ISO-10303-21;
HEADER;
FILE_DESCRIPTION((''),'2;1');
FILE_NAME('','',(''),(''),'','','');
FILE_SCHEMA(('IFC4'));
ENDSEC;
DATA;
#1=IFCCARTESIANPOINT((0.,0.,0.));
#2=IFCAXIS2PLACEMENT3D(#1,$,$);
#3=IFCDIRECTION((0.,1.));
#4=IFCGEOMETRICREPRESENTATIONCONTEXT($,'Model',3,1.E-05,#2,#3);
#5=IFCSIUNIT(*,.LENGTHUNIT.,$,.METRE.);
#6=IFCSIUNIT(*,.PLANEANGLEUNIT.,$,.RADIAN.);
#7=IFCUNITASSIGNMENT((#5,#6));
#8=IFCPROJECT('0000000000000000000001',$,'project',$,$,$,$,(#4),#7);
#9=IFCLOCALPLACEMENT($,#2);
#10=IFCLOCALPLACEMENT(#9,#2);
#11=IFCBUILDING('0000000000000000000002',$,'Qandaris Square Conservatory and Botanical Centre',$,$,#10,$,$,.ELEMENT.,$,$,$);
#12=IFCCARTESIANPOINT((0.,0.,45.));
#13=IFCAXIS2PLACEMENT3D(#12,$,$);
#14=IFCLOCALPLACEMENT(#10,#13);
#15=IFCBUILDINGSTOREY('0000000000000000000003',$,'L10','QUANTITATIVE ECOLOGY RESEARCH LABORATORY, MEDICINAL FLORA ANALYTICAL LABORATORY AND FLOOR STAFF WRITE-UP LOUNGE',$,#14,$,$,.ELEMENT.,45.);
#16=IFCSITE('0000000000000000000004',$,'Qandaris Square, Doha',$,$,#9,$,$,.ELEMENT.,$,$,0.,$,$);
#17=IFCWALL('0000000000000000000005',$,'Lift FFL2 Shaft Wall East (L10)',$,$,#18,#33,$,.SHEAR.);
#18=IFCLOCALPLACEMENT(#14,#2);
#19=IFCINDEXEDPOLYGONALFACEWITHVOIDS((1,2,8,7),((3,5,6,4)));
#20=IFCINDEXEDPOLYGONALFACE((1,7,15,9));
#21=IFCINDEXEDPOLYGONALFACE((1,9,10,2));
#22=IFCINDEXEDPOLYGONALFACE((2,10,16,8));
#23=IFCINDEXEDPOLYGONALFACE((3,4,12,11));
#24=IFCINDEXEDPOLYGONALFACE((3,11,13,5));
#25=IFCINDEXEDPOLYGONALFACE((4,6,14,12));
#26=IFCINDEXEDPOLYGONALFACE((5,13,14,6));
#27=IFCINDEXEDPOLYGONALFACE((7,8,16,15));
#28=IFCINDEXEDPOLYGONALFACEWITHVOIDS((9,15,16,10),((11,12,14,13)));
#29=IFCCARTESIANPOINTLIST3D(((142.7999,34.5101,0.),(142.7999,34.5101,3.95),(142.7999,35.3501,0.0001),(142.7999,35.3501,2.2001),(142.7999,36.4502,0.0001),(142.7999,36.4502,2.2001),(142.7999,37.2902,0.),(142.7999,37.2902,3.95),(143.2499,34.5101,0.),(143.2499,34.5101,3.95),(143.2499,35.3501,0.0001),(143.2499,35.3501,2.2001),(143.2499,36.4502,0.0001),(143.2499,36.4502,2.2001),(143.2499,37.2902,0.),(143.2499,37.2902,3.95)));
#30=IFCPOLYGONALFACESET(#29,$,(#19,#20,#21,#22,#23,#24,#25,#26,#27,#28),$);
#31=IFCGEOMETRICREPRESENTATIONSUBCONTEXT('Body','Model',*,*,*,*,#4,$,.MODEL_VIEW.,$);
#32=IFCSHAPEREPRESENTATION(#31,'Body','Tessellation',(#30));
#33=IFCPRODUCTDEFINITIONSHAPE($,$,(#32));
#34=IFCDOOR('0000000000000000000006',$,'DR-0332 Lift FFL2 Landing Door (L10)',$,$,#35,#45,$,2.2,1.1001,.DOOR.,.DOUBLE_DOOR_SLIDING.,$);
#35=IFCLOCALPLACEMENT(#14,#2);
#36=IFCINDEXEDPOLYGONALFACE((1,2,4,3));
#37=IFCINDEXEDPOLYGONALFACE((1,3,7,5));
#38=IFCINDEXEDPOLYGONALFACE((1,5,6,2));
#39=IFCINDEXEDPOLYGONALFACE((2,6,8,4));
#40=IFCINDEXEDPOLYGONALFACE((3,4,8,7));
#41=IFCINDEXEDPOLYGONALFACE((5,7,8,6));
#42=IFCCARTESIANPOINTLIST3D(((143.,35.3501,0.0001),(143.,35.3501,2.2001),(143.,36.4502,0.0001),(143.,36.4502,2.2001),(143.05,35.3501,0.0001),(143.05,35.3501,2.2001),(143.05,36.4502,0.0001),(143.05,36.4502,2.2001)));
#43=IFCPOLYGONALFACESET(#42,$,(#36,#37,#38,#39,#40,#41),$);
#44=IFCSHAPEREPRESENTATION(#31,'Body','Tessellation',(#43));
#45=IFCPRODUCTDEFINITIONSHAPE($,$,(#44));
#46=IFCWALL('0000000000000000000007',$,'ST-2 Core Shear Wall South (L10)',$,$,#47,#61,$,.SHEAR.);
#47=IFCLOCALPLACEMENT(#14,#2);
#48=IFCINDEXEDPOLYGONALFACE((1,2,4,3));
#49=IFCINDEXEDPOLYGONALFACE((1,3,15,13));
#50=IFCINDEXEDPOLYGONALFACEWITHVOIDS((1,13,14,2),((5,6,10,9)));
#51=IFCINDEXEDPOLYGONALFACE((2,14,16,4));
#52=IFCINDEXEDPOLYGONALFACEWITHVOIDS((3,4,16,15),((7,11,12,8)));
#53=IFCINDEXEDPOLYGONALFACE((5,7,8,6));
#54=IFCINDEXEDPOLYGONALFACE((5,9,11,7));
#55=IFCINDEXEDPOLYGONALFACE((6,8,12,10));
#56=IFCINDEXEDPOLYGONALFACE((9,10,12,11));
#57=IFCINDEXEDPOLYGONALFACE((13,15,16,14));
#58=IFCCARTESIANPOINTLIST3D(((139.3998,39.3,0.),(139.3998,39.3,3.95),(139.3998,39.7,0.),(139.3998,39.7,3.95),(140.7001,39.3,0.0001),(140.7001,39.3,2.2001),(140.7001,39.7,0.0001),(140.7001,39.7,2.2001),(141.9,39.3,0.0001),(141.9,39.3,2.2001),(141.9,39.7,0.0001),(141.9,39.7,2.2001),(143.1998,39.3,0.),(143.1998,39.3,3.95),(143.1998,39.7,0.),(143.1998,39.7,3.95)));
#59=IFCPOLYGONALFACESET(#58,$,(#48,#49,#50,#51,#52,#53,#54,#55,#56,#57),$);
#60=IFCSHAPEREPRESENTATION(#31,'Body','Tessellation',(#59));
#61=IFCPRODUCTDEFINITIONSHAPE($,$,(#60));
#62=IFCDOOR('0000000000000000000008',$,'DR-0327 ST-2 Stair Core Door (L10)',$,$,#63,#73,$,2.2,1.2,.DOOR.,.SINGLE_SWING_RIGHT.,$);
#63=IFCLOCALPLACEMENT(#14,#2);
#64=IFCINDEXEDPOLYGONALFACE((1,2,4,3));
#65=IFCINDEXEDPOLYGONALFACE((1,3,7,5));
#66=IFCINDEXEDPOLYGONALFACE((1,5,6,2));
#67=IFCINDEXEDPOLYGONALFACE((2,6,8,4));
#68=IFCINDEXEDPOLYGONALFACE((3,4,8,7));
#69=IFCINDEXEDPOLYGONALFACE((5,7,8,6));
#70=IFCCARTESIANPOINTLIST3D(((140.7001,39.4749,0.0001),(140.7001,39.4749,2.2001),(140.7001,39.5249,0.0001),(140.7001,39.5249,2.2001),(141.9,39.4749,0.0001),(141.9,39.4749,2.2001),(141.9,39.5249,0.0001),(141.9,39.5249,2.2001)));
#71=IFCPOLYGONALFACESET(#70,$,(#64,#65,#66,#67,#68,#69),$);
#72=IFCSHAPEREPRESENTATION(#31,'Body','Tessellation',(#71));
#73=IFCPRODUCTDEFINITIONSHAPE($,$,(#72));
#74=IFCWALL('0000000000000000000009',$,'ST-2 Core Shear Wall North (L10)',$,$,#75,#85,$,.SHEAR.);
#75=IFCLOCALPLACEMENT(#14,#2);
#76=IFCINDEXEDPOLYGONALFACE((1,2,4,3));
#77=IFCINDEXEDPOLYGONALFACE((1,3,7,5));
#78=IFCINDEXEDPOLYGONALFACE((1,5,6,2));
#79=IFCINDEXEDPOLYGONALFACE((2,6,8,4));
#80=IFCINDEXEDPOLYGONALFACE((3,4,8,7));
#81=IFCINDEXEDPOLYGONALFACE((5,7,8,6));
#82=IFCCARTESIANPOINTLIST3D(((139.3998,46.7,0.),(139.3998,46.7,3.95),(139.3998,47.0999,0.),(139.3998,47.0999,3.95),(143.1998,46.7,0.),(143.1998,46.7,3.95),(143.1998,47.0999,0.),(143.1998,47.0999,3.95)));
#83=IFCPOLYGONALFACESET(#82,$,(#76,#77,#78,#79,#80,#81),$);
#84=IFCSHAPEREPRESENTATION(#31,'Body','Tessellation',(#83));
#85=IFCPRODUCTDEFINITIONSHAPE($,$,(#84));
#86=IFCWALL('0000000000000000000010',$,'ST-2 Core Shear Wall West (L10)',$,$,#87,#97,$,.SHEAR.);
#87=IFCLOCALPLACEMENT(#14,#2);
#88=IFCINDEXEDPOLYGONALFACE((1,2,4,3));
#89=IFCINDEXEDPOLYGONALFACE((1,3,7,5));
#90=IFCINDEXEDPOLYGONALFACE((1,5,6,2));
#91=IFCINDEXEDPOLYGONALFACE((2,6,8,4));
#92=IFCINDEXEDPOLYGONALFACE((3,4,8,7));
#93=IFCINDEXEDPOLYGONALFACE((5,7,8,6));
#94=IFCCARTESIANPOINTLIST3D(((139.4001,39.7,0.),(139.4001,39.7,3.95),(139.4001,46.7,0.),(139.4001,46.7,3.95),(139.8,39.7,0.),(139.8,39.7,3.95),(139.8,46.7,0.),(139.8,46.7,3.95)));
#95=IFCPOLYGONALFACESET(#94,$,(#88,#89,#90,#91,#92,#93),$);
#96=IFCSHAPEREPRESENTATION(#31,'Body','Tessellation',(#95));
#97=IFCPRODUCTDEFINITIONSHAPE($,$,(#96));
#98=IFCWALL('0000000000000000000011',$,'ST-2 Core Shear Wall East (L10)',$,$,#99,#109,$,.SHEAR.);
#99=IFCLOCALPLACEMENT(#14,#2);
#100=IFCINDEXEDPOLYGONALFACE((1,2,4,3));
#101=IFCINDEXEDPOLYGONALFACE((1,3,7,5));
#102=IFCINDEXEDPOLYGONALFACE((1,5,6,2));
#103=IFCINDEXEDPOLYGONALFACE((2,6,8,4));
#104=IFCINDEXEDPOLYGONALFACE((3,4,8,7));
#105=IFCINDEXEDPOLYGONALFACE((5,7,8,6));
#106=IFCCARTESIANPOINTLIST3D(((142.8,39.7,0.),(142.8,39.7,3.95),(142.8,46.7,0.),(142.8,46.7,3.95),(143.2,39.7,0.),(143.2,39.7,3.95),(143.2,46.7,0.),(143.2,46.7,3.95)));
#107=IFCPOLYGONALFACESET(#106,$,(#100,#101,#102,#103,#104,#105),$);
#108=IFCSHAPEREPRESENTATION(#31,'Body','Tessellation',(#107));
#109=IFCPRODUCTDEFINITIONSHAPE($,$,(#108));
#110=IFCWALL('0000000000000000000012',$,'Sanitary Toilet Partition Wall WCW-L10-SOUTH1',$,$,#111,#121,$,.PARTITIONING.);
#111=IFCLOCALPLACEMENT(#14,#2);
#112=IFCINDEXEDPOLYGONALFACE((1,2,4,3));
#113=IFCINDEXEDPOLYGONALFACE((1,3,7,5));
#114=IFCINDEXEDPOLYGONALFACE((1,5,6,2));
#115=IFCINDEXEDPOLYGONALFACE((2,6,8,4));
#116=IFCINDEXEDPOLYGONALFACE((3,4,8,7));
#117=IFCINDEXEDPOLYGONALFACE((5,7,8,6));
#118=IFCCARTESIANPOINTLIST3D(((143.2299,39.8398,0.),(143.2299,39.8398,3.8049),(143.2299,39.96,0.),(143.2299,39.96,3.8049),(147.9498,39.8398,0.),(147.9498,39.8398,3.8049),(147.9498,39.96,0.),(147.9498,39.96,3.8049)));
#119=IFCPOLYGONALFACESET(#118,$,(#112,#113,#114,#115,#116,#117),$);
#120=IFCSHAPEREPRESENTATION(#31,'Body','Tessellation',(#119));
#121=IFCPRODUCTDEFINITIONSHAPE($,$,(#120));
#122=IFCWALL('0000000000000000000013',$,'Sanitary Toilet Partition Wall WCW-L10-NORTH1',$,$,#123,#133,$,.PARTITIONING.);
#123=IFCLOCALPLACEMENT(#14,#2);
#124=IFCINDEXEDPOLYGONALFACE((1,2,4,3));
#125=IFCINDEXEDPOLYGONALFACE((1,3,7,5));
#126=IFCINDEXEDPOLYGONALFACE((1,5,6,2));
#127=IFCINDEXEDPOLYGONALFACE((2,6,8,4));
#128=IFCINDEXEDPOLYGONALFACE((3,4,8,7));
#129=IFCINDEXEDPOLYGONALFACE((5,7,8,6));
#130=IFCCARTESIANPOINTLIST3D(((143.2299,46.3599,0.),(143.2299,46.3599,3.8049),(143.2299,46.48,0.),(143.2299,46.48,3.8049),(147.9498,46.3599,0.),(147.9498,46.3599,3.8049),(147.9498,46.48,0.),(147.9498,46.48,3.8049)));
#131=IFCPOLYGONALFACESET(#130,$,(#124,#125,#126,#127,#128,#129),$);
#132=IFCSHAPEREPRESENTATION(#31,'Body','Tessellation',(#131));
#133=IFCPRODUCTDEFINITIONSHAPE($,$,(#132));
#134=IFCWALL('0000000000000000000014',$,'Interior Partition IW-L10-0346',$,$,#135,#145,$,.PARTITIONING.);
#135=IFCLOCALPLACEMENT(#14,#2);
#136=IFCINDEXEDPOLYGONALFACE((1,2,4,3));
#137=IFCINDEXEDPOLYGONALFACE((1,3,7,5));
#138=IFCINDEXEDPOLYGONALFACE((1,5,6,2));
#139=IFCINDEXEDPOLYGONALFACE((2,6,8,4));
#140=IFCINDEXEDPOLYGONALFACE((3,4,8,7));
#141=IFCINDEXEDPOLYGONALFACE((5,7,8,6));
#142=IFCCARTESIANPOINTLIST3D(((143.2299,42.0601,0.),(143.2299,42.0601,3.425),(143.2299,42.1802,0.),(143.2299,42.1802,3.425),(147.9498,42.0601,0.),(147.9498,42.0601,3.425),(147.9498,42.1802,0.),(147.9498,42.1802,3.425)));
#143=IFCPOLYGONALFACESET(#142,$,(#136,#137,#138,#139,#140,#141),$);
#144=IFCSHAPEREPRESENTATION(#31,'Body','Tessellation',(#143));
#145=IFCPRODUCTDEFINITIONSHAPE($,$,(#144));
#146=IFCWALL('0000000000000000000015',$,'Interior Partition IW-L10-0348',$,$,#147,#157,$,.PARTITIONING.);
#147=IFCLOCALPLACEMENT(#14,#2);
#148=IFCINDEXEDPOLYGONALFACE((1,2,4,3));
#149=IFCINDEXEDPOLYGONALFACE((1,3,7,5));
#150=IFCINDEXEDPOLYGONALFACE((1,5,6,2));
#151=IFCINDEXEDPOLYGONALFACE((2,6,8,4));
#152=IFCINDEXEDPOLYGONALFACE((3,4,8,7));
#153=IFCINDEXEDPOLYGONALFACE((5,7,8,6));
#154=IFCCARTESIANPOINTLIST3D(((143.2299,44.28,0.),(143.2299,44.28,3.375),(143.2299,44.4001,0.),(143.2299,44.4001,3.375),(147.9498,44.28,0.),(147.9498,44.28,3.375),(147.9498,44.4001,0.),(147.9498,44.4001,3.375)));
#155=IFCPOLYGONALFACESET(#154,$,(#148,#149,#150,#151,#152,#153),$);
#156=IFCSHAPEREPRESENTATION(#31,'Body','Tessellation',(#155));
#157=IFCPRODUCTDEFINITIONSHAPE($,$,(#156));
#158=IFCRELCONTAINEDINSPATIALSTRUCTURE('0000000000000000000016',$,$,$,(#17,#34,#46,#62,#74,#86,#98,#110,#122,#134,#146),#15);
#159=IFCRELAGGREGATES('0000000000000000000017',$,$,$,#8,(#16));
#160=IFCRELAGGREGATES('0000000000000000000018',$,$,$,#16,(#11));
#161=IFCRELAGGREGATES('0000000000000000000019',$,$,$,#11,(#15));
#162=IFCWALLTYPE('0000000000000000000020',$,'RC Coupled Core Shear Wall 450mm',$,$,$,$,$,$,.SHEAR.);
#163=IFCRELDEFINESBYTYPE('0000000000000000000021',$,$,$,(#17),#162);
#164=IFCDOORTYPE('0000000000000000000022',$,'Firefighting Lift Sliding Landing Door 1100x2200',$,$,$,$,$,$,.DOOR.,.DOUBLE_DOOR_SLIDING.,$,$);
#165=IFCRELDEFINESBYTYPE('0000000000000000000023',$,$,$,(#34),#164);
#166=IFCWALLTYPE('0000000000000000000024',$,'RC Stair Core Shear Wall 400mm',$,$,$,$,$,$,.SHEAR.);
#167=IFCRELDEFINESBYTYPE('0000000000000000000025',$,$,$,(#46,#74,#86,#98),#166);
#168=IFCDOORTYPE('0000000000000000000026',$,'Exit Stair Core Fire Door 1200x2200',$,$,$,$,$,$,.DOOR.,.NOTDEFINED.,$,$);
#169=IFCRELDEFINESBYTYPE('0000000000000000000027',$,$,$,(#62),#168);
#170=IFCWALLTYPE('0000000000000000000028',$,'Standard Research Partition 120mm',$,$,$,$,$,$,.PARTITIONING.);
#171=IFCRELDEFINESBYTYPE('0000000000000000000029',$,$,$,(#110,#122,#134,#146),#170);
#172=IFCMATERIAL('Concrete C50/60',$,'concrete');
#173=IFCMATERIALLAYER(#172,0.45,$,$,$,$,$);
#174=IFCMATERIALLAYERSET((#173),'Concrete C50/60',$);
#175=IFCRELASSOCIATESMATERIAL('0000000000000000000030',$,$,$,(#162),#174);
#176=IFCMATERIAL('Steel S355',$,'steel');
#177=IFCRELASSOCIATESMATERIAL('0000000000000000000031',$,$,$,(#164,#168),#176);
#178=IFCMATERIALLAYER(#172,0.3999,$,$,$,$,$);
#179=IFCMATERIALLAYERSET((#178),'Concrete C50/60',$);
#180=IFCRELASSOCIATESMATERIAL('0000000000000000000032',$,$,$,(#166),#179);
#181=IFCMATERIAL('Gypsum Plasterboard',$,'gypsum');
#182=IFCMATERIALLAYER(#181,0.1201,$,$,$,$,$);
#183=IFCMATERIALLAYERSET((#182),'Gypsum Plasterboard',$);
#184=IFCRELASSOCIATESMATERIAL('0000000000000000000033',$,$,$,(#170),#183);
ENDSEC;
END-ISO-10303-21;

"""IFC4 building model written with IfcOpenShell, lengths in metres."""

from ifc_helpers import new_model, si_unit, direction, frame, frame_2d, origin, place, context, subcontext, project, spatial, rectangle, extrude, material, layer, layer_set, type_object, element, fill, save


model = new_model("IFC4")

# Units and contexts
model_context = context("Model", 3, precision=1e-05, world=origin(), true_north=direction((0.0, 1.0)))
body_context = subcontext(model_context, "Body", "Model", "MODEL_VIEW")
ifc_project = project(units=[si_unit("LENGTHUNIT", "METRE"), si_unit("PLANEANGLEUNIT", "RADIAN")], contexts=[model_context])

# Site, building, storey
site_placement = place(None, origin())
site = spatial("IfcSite", under=ifc_project, at=site_placement, Name="Qandaris Square, Doha", CompositionType="ELEMENT", RefElevation=0.0)
building_placement = place(site_placement, origin())
building = spatial("IfcBuilding", under=site, at=building_placement, Name="Qandaris Square Conservatory and Botanical Centre", CompositionType="ELEMENT")
storey_placement = place(building_placement, frame((0.0, 0.0, 45.0)))
storey = spatial("IfcBuildingStorey", under=building, at=storey_placement, Name="L10", Description="QUANTITATIVE ECOLOGY RESEARCH LABORATORY, MEDICINAL FLORA ANALYTICAL LABORATORY AND FLOOR STAFF WRITE-UP LOUNGE", CompositionType="ELEMENT", Elevation=45.0)

# Shared definitions
ifc_material_1 = material(Name="Concrete C50/60", Category="concrete")

# Shared definitions
ifc_material_2 = material(Name="Steel S355", Category="steel")

# Shared definitions
ifc_layer_1 = layer(ifc_material_1, 0.45)
ifc_layer_set_1 = layer_set([ifc_layer_1], Name="Concrete C50/60")
wall_type_1 = type_object("IfcWallType", Name="RC Coupled Core Shear Wall 450mm", PredefinedType="SHEAR", material=ifc_layer_set_1)

# Walls, openings, doors
wall_1_placement = place(storey_placement, frame((143.0249, 34.51, 0.0), z_axis=(0.0, 0.0, 1.0), x_axis=(0.0, 1.0, 0.0)))
wall_1 = element("IfcWall", 1, at=wall_1_placement, inside=storey, type_object=wall_type_1, Name="Lift FFL2 Shaft Wall East (L10)", PredefinedType="SHEAR", context=body_context, shape_type="SweptSolid", body=[
    extrude(rectangle(XDim=2.78, YDim=0.45, at=frame_2d((1.3901, 0.0))), origin(), (0.0, 0.0, 1.0), 3.95),
])
opening_1_placement = place(wall_1_placement, frame((0.8401, 0.0, 0.0)))
opening_1 = element("IfcOpeningElement", 2, at=opening_1_placement, cuts=wall_1, PredefinedType="OPENING", context=body_context, shape_type="SweptSolid", body=[
    extrude(rectangle(XDim=1.1001, YDim=2.2, at=frame_2d((0.55, 1.1001))), frame((0.0, 0.2368, 0.0), z_axis=(0.0, -1.0, 0.0), x_axis=(1.0, 0.0, 0.0)), (0.0, 0.0, 1.0), 0.4739),
])
door_type_1 = type_object("IfcDoorType", Name="Firefighting Lift Sliding Landing Door 1100x2200", OperationType="DOUBLE_DOOR_SLIDING", PredefinedType="DOOR", material=ifc_material_2)
door_1_placement = place(opening_1_placement, origin())
door_1 = element("IfcDoor", 3, at=door_1_placement, inside=storey, type_object=door_type_1, Name="DR-0332 Lift FFL2 Landing Door (L10)", OperationType="DOUBLE_DOOR_SLIDING", OverallHeight=2.2, OverallWidth=1.1001, PredefinedType="DOOR", context=body_context, shape_type="SweptSolid", body=[
    extrude(rectangle(XDim=1.1001, YDim=2.2, at=frame_2d((0.55, 1.1001))), frame((0.0, 0.0249, 0.0), z_axis=(0.0, -1.0, 0.0), x_axis=(1.0, 0.0, 0.0)), (0.0, 0.0, 1.0), 0.05),
])
fill(opening_1, door_1)
ifc_layer_2 = layer(ifc_material_1, 0.3999)
ifc_layer_set_2 = layer_set([ifc_layer_2], Name="Concrete C50/60")
wall_type_2 = type_object("IfcWallType", Name="RC Stair Core Shear Wall 400mm", PredefinedType="SHEAR", material=ifc_layer_set_2)
wall_2_placement = place(storey_placement, frame((139.3999, 39.5, 0.0), z_axis=(0.0, 0.0, 1.0), x_axis=(1.0, 0.0, 0.0)))
wall_2 = element("IfcWall", 4, at=wall_2_placement, inside=storey, type_object=wall_type_2, Name="ST-2 Core Shear Wall South (L10)", PredefinedType="SHEAR", context=body_context, shape_type="SweptSolid", body=[
    extrude(rectangle(XDim=3.8, YDim=0.3999, at=frame_2d((1.8999, 0.0))), origin(), (0.0, 0.0, 1.0), 3.95),
])
opening_2_placement = place(wall_2_placement, frame((1.3, 0.0, 0.0)))
opening_2 = element("IfcOpeningElement", 5, at=opening_2_placement, cuts=wall_2, PredefinedType="OPENING", context=body_context, shape_type="SweptSolid", body=[
    extrude(rectangle(XDim=1.2, YDim=2.2, at=frame_2d((0.6001, 1.1001))), frame((0.0, 0.2119, 0.0), z_axis=(0.0, -1.0, 0.0), x_axis=(1.0, 0.0, 0.0)), (0.0, 0.0, 1.0), 0.4238),
])
door_type_2 = type_object("IfcDoorType", Name="Exit Stair Core Fire Door 1200x2200", OperationType="NOTDEFINED", PredefinedType="DOOR", material=ifc_material_2)
door_2_placement = place(opening_2_placement, origin())
door_2 = element("IfcDoor", 6, at=door_2_placement, inside=storey, type_object=door_type_2, Name="DR-0327 ST-2 Stair Core Door (L10)", OperationType="SINGLE_SWING_RIGHT", OverallHeight=2.2, OverallWidth=1.2, PredefinedType="DOOR", context=body_context, shape_type="SweptSolid", body=[
    extrude(rectangle(XDim=1.2, YDim=2.2, at=frame_2d((0.6001, 1.1001))), frame((0.0, 0.0249, 0.0), z_axis=(0.0, -1.0, 0.0), x_axis=(1.0, 0.0, 0.0)), (0.0, 0.0, 1.0), 0.05),
])
fill(opening_2, door_2)

# Walls
wall_3_placement = place(storey_placement, frame((139.3999, 46.8999, 0.0), z_axis=(0.0, 0.0, 1.0), x_axis=(1.0, 0.0, 0.0)))
element("IfcWall", 7, at=wall_3_placement, inside=storey, type_object=wall_type_2, Name="ST-2 Core Shear Wall North (L10)", PredefinedType="SHEAR", context=body_context, shape_type="SweptSolid", body=[
    extrude(rectangle(XDim=3.8, YDim=0.3999, at=frame_2d((1.8999, 0.0))), origin(), (0.0, 0.0, 1.0), 3.95),
])
for number, where, z_axis, x_axis, name in (
    (8, (139.6001, 39.7, 0.0), (0.0, 0.0, 1.0), (0.0, 1.0, 0.0), "ST-2 Core Shear Wall West (L10)"),
    (9, (143.0, 39.7, 0.0), (0.0, 0.0, 1.0), (0.0, 1.0, 0.0), "ST-2 Core Shear Wall East (L10)"),
):
    element("IfcWall", number, at=place(storey_placement, frame(where, z_axis=z_axis, x_axis=x_axis)), inside=storey, type_object=wall_type_2, Name=name, PredefinedType="SHEAR", context=body_context, shape_type="SweptSolid", body=[
        extrude(rectangle(XDim=7.0, YDim=0.3999, at=frame_2d((3.5, 0.0))), origin(), (0.0, 0.0, 1.0), 3.95),
    ])
ifc_material_3 = material(Name="Gypsum Plasterboard", Category="gypsum")
ifc_layer_3 = layer(ifc_material_3, 0.1201)
ifc_layer_set_3 = layer_set([ifc_layer_3], Name="Gypsum Plasterboard")
wall_type_3 = type_object("IfcWallType", Name="Standard Research Partition 120mm", PredefinedType="PARTITIONING", material=ifc_layer_set_3)
for number, where, z_axis, x_axis, name in (
    (10, (143.23, 39.8999, 0.0), (0.0, 0.0, 1.0), (1.0, 0.0, 0.0), "Sanitary Toilet Partition Wall WCW-L10-SOUTH1"),
    (11, (143.23, 46.4199, 0.0), (0.0, 0.0, 1.0), (1.0, 0.0, 0.0), "Sanitary Toilet Partition Wall WCW-L10-NORTH1"),
):
    element("IfcWall", number, at=place(storey_placement, frame(where, z_axis=z_axis, x_axis=x_axis)), inside=storey, type_object=wall_type_3, Name=name, PredefinedType="PARTITIONING", context=body_context, shape_type="SweptSolid", body=[
        extrude(rectangle(XDim=4.72, YDim=0.1201, at=frame_2d((2.3599, 0.0))), origin(), (0.0, 0.0, 1.0), 3.8049),
    ])
wall_4_placement = place(storey_placement, frame((143.23, 42.1201, 0.0), z_axis=(0.0, 0.0, 1.0), x_axis=(1.0, 0.0, 0.0)))
element("IfcWall", 12, at=wall_4_placement, inside=storey, type_object=wall_type_3, Name="Interior Partition IW-L10-0346", PredefinedType="PARTITIONING", context=body_context, shape_type="SweptSolid", body=[
    extrude(rectangle(XDim=4.72, YDim=0.1201, at=frame_2d((2.3599, 0.0))), origin(), (0.0, 0.0, 1.0), 3.425),
])
wall_5_placement = place(storey_placement, frame((143.23, 44.3401, 0.0), z_axis=(0.0, 0.0, 1.0), x_axis=(1.0, 0.0, 0.0)))
element("IfcWall", 13, at=wall_5_placement, inside=storey, type_object=wall_type_3, Name="Interior Partition IW-L10-0348", PredefinedType="PARTITIONING", context=body_context, shape_type="SweptSolid", body=[
    extrude(rectangle(XDim=4.72, YDim=0.1201, at=frame_2d((2.3599, 0.0))), origin(), (0.0, 0.0, 1.0), 3.375),
])

save(model, "model.ifc")
